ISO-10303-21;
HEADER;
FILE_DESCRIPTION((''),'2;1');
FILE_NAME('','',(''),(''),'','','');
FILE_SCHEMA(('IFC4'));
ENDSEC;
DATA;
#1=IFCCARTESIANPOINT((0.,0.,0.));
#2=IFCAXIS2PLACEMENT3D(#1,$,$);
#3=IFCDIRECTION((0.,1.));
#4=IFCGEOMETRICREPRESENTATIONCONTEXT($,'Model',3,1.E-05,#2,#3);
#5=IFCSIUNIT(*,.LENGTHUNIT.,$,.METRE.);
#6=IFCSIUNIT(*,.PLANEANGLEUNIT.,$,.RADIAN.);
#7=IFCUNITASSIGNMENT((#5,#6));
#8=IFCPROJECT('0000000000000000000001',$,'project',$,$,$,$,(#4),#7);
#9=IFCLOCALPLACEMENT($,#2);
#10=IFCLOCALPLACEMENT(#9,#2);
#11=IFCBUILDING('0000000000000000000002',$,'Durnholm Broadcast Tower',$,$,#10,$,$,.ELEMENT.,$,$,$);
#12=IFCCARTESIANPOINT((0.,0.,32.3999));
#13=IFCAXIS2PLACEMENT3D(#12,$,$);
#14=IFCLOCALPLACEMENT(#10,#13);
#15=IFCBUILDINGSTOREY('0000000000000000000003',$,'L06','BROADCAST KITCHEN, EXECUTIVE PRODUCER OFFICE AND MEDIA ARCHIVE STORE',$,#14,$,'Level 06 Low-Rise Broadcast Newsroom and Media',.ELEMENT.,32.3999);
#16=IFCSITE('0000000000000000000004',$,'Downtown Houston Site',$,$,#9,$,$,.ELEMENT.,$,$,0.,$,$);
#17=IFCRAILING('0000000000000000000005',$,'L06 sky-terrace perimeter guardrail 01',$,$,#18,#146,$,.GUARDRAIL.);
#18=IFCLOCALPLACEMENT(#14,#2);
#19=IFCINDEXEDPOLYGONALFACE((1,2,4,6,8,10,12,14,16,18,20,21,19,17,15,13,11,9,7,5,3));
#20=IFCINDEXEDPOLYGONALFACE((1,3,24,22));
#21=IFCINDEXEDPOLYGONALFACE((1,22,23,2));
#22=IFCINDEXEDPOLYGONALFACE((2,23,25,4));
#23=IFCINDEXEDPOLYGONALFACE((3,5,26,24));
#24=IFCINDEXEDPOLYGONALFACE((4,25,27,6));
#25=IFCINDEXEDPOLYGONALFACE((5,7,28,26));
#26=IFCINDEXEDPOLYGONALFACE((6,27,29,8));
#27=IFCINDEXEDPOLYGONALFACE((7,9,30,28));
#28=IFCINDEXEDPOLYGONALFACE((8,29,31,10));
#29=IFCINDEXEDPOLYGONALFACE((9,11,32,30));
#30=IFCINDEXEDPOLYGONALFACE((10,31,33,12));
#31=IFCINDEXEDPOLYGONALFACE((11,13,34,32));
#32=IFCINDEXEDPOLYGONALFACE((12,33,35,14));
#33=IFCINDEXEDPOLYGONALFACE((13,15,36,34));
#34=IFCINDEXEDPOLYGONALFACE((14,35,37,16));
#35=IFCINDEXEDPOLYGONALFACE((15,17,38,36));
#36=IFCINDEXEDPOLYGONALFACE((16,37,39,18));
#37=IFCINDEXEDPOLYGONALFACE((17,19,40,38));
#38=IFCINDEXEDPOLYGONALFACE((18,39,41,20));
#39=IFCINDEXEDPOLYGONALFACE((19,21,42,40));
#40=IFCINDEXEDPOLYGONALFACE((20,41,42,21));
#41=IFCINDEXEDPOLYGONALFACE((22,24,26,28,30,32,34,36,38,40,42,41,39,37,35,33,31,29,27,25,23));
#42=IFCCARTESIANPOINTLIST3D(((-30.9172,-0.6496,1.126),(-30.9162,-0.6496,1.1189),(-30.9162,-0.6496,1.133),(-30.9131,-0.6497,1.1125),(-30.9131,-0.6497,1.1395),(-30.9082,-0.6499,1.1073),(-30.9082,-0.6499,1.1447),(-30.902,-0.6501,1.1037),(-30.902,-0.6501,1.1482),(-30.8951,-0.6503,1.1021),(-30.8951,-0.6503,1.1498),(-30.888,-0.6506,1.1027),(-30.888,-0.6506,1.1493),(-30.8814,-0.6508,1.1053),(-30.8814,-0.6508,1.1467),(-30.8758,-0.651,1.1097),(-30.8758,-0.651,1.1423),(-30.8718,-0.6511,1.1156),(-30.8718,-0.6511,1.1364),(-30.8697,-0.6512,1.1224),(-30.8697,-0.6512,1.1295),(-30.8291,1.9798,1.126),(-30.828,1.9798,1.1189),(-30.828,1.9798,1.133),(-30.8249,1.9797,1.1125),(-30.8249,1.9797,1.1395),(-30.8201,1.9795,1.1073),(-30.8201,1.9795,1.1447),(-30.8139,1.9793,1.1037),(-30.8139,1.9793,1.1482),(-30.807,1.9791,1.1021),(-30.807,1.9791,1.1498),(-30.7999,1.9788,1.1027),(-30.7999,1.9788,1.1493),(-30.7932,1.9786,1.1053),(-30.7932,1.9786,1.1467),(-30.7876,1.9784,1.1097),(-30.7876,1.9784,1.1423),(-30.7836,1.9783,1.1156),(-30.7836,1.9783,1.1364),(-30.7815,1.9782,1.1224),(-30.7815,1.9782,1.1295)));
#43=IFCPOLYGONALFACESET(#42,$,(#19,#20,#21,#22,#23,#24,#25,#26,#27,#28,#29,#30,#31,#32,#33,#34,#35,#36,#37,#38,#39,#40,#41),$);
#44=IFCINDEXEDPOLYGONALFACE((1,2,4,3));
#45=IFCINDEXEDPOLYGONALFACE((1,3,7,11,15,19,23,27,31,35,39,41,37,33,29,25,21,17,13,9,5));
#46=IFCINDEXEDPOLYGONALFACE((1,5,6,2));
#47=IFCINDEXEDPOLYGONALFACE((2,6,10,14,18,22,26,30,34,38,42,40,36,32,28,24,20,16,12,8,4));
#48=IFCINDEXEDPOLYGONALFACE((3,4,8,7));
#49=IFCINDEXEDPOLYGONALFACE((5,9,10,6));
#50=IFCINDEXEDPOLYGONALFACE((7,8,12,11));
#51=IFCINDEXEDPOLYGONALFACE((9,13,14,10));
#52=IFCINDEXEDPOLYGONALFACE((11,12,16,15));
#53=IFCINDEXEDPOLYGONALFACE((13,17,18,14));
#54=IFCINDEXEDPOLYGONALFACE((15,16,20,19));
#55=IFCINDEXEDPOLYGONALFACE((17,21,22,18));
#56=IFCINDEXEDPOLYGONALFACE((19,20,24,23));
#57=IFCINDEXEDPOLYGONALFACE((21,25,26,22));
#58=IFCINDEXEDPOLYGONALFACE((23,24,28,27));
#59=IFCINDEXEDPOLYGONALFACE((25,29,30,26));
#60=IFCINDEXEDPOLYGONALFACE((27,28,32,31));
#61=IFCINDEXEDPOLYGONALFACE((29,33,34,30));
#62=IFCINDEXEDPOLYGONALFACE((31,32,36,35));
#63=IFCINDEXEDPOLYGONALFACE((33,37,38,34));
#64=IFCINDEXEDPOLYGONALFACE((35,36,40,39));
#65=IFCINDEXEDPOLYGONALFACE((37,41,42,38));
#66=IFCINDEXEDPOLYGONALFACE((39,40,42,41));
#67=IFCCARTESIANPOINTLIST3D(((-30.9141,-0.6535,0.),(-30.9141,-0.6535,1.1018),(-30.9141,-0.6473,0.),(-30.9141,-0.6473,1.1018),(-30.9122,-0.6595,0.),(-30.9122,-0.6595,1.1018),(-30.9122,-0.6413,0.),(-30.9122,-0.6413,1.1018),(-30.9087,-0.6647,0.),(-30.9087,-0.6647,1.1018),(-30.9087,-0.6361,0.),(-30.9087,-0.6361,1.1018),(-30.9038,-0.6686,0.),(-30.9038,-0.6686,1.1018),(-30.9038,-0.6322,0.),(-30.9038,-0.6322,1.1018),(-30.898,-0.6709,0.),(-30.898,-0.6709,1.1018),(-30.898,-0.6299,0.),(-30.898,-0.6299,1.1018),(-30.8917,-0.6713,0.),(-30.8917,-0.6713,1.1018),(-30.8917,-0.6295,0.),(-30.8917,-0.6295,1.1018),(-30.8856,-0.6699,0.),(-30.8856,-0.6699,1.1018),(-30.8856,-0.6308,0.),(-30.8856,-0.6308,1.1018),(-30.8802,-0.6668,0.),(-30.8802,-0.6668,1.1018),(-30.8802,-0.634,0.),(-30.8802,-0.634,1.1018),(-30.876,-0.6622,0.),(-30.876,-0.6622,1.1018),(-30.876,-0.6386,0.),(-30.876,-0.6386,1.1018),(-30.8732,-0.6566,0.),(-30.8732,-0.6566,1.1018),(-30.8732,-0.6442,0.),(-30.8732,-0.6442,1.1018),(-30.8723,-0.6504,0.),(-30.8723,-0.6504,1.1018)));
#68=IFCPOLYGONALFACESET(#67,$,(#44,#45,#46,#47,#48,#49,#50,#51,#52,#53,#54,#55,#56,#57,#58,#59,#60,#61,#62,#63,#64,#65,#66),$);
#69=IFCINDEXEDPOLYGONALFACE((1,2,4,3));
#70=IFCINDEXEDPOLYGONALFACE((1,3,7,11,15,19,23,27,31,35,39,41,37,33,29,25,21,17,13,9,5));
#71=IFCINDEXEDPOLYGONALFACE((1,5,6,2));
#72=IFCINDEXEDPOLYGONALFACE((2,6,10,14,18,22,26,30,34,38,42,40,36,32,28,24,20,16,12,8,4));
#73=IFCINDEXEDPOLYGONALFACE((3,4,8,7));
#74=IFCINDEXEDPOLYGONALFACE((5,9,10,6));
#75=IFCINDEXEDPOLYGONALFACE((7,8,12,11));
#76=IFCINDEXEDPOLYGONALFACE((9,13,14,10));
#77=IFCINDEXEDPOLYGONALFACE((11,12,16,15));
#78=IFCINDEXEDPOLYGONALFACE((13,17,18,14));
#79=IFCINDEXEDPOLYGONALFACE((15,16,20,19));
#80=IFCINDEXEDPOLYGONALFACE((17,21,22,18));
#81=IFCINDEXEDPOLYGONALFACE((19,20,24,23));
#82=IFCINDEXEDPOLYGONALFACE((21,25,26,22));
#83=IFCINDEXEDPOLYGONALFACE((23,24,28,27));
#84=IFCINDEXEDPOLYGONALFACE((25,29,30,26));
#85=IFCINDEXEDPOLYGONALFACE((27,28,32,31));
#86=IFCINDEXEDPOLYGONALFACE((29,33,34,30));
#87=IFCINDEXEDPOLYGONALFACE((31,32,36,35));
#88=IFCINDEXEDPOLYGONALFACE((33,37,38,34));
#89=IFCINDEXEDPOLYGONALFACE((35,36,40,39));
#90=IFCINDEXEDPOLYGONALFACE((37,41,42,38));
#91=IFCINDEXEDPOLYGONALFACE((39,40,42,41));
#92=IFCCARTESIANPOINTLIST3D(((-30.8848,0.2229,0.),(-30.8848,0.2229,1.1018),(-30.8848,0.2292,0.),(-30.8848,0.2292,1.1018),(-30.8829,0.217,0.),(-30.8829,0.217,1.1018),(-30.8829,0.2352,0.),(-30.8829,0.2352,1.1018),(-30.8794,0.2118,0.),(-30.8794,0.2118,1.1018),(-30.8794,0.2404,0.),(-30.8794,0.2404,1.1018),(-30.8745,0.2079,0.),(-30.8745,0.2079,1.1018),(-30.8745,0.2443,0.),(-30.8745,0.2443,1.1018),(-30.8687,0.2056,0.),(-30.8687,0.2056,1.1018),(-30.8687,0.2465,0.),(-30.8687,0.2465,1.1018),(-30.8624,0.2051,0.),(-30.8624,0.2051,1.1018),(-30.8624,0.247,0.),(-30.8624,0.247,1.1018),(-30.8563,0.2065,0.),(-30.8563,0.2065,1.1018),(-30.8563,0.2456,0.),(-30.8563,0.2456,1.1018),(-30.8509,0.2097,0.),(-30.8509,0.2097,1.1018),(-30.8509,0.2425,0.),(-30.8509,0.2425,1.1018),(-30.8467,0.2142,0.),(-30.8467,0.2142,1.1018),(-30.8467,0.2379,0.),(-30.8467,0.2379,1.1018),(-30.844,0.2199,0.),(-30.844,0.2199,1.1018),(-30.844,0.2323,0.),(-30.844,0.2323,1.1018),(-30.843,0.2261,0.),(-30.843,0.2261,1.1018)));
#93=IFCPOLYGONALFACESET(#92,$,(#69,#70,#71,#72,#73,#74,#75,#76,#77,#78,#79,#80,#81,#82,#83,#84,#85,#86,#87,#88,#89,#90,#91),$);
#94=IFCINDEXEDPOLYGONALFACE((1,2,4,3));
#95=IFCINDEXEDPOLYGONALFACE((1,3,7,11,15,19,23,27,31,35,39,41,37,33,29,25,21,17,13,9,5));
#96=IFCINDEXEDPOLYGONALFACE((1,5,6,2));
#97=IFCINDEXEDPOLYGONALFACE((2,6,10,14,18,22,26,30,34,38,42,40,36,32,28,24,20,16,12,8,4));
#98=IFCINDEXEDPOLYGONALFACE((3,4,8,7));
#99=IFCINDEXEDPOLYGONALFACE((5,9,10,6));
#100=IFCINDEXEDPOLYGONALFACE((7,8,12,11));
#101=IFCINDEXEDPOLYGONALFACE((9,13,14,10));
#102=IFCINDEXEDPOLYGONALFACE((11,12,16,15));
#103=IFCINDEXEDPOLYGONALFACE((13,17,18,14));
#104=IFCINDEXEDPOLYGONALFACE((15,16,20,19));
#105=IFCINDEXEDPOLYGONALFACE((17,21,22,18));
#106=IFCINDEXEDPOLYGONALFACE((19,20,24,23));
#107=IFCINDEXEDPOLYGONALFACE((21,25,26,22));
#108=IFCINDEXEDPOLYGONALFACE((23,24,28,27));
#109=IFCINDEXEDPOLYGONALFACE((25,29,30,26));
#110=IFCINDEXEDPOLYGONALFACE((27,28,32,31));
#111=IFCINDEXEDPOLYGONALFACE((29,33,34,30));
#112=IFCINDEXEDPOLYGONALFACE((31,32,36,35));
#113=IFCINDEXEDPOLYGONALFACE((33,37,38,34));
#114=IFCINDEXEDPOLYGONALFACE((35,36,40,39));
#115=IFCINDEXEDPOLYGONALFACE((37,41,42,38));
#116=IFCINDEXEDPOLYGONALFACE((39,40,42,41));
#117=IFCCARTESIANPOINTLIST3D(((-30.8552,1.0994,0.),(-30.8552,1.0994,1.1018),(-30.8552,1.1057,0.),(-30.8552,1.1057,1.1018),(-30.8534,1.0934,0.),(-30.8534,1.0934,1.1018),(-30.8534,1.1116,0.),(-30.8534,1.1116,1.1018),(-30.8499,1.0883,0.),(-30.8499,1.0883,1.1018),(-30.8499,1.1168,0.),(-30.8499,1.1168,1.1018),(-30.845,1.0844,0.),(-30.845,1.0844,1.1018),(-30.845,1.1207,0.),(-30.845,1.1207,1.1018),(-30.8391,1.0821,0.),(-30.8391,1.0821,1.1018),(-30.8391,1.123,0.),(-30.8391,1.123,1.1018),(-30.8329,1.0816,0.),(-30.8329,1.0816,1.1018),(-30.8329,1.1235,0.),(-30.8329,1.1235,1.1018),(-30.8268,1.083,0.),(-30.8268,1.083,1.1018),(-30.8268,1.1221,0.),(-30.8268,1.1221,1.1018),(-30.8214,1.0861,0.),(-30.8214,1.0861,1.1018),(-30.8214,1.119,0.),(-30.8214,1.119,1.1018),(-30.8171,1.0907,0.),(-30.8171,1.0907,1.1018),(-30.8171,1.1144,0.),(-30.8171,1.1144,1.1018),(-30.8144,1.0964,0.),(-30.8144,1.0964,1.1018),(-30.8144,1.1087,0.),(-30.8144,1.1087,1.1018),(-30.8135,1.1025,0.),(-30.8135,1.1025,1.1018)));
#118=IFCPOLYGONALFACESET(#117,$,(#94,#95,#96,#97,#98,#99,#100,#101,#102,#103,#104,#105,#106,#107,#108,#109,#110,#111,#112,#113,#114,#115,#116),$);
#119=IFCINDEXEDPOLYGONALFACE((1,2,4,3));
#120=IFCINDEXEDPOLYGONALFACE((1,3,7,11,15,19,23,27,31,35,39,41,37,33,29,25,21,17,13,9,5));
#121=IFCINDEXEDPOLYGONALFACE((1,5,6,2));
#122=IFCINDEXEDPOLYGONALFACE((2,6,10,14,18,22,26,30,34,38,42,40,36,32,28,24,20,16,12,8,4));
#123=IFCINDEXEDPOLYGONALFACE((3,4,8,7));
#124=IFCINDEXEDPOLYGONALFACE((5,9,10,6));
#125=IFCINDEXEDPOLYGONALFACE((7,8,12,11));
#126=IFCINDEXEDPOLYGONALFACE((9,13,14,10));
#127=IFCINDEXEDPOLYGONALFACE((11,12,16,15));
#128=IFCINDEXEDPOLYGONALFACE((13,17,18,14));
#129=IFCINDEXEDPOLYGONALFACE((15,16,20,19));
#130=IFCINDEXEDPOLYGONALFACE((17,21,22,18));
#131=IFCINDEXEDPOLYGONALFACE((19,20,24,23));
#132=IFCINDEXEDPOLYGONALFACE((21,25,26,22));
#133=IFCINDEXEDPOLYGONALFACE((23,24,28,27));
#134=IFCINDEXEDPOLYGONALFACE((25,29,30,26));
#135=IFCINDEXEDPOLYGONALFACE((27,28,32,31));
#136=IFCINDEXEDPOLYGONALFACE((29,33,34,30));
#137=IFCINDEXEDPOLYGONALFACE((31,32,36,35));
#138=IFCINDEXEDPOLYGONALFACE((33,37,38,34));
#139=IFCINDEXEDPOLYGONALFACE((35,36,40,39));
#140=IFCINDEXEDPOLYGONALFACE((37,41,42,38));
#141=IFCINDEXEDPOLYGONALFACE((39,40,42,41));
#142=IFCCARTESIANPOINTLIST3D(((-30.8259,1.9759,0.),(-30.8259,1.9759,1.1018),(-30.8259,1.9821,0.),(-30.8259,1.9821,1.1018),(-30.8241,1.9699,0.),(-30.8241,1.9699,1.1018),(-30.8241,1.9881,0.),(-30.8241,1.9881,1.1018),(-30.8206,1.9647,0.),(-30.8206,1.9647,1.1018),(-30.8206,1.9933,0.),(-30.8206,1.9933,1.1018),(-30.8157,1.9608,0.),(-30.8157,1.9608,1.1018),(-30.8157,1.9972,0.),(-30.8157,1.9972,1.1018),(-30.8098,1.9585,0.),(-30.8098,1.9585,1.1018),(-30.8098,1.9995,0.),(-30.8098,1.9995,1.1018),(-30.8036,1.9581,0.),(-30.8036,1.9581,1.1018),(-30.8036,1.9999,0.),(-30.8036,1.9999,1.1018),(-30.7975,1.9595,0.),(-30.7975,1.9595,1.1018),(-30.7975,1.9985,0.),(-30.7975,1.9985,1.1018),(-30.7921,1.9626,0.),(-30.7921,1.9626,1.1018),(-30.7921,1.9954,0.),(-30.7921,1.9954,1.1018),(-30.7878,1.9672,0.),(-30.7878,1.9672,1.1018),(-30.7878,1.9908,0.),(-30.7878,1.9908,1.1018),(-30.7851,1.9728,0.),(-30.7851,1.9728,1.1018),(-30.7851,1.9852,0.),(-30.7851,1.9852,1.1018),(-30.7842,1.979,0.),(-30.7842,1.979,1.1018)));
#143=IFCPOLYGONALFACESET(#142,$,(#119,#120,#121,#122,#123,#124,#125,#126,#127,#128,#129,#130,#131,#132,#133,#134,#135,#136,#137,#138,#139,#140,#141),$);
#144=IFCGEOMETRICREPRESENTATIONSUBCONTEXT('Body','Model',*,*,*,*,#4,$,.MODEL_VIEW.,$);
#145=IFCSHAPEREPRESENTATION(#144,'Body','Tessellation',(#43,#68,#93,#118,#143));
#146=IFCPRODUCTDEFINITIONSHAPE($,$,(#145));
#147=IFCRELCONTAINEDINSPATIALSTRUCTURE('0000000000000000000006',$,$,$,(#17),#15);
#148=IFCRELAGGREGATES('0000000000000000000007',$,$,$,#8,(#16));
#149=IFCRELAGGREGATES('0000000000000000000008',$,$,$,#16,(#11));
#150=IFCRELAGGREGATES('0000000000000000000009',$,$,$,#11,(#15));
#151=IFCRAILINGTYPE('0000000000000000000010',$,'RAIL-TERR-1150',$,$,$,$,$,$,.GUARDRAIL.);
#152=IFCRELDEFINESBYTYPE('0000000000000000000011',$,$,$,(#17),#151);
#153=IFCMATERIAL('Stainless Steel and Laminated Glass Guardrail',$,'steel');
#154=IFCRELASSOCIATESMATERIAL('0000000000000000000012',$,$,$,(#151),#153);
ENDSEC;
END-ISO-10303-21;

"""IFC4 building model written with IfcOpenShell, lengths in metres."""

from ifc_helpers import new_model, si_unit, direction, frame, origin, origin_2d, place, context, subcontext, project, spatial, circle, extrude, material, type_object, element, save


model = new_model("IFC4")

# Units and contexts
model_context = context("Model", 3, precision=1e-05, world=origin(), true_north=direction((0.0, 1.0)))
body_context = subcontext(model_context, "Body", "Model", "MODEL_VIEW")
ifc_project = project(units=[si_unit("LENGTHUNIT", "METRE"), si_unit("PLANEANGLEUNIT", "RADIAN")], contexts=[model_context])

# Site, building, storey
site_placement = place(None, origin())
site = spatial("IfcSite", under=ifc_project, at=site_placement, Name="Downtown Houston Site", CompositionType="ELEMENT", RefElevation=0.0)
building_placement = place(site_placement, origin())
building = spatial("IfcBuilding", under=site, at=building_placement, Name="Durnholm Broadcast Tower", CompositionType="ELEMENT")
storey_placement = place(building_placement, frame((0.0, 0.0, 32.3999)))
storey = spatial("IfcBuildingStorey", under=building, at=storey_placement, Name="L06", Description="BROADCAST KITCHEN, EXECUTIVE PRODUCER OFFICE AND MEDIA ARCHIVE STORE", LongName="Level 06 Low-Rise Broadcast Newsroom and Media", CompositionType="ELEMENT", Elevation=32.3999)

# Railing
ifc_material_1 = material(Name="Stainless Steel and Laminated Glass Guardrail", Category="steel")
railing_type_1 = type_object("IfcRailingType", Name="RAIL-TERR-1150", PredefinedType="GUARDRAIL", material=ifc_material_1)
railing_1_placement = place(storey_placement, frame((-30.8933, -0.6504, 0.0)))
element("IfcRailing", 1, at=railing_1_placement, inside=storey, type_object=railing_type_1, Name="L06 sky-terrace perimeter guardrail 01", PredefinedType="GUARDRAIL", context=body_context, shape_type="SweptSolid", body=[
    extrude(circle(Radius=0.0239, at=origin_2d()), frame((0.0, 0.0, 1.126), z_axis=(0.0335, 0.999439, 0.0), x_axis=(-0.999439, 0.0335, 0.0)), (0.0, 0.0, 1.0), 2.6309),
    extrude(circle(Radius=0.021, at=origin_2d()), origin(), (0.0, 0.0, 1.0), 1.1018),
    extrude(circle(Radius=0.021, at=origin_2d()), frame((0.0293, 0.8765, 0.0)), (0.0, 0.0, 1.0), 1.1018),
    extrude(circle(Radius=0.021, at=origin_2d()), frame((0.0588, 1.7529, 0.0)), (0.0, 0.0, 1.0), 1.1018),
    extrude(circle(Radius=0.021, at=origin_2d()), frame((0.0881, 2.6294, 0.0)), (0.0, 0.0, 1.0), 1.1018),
])

save(model, "model.ifc")
